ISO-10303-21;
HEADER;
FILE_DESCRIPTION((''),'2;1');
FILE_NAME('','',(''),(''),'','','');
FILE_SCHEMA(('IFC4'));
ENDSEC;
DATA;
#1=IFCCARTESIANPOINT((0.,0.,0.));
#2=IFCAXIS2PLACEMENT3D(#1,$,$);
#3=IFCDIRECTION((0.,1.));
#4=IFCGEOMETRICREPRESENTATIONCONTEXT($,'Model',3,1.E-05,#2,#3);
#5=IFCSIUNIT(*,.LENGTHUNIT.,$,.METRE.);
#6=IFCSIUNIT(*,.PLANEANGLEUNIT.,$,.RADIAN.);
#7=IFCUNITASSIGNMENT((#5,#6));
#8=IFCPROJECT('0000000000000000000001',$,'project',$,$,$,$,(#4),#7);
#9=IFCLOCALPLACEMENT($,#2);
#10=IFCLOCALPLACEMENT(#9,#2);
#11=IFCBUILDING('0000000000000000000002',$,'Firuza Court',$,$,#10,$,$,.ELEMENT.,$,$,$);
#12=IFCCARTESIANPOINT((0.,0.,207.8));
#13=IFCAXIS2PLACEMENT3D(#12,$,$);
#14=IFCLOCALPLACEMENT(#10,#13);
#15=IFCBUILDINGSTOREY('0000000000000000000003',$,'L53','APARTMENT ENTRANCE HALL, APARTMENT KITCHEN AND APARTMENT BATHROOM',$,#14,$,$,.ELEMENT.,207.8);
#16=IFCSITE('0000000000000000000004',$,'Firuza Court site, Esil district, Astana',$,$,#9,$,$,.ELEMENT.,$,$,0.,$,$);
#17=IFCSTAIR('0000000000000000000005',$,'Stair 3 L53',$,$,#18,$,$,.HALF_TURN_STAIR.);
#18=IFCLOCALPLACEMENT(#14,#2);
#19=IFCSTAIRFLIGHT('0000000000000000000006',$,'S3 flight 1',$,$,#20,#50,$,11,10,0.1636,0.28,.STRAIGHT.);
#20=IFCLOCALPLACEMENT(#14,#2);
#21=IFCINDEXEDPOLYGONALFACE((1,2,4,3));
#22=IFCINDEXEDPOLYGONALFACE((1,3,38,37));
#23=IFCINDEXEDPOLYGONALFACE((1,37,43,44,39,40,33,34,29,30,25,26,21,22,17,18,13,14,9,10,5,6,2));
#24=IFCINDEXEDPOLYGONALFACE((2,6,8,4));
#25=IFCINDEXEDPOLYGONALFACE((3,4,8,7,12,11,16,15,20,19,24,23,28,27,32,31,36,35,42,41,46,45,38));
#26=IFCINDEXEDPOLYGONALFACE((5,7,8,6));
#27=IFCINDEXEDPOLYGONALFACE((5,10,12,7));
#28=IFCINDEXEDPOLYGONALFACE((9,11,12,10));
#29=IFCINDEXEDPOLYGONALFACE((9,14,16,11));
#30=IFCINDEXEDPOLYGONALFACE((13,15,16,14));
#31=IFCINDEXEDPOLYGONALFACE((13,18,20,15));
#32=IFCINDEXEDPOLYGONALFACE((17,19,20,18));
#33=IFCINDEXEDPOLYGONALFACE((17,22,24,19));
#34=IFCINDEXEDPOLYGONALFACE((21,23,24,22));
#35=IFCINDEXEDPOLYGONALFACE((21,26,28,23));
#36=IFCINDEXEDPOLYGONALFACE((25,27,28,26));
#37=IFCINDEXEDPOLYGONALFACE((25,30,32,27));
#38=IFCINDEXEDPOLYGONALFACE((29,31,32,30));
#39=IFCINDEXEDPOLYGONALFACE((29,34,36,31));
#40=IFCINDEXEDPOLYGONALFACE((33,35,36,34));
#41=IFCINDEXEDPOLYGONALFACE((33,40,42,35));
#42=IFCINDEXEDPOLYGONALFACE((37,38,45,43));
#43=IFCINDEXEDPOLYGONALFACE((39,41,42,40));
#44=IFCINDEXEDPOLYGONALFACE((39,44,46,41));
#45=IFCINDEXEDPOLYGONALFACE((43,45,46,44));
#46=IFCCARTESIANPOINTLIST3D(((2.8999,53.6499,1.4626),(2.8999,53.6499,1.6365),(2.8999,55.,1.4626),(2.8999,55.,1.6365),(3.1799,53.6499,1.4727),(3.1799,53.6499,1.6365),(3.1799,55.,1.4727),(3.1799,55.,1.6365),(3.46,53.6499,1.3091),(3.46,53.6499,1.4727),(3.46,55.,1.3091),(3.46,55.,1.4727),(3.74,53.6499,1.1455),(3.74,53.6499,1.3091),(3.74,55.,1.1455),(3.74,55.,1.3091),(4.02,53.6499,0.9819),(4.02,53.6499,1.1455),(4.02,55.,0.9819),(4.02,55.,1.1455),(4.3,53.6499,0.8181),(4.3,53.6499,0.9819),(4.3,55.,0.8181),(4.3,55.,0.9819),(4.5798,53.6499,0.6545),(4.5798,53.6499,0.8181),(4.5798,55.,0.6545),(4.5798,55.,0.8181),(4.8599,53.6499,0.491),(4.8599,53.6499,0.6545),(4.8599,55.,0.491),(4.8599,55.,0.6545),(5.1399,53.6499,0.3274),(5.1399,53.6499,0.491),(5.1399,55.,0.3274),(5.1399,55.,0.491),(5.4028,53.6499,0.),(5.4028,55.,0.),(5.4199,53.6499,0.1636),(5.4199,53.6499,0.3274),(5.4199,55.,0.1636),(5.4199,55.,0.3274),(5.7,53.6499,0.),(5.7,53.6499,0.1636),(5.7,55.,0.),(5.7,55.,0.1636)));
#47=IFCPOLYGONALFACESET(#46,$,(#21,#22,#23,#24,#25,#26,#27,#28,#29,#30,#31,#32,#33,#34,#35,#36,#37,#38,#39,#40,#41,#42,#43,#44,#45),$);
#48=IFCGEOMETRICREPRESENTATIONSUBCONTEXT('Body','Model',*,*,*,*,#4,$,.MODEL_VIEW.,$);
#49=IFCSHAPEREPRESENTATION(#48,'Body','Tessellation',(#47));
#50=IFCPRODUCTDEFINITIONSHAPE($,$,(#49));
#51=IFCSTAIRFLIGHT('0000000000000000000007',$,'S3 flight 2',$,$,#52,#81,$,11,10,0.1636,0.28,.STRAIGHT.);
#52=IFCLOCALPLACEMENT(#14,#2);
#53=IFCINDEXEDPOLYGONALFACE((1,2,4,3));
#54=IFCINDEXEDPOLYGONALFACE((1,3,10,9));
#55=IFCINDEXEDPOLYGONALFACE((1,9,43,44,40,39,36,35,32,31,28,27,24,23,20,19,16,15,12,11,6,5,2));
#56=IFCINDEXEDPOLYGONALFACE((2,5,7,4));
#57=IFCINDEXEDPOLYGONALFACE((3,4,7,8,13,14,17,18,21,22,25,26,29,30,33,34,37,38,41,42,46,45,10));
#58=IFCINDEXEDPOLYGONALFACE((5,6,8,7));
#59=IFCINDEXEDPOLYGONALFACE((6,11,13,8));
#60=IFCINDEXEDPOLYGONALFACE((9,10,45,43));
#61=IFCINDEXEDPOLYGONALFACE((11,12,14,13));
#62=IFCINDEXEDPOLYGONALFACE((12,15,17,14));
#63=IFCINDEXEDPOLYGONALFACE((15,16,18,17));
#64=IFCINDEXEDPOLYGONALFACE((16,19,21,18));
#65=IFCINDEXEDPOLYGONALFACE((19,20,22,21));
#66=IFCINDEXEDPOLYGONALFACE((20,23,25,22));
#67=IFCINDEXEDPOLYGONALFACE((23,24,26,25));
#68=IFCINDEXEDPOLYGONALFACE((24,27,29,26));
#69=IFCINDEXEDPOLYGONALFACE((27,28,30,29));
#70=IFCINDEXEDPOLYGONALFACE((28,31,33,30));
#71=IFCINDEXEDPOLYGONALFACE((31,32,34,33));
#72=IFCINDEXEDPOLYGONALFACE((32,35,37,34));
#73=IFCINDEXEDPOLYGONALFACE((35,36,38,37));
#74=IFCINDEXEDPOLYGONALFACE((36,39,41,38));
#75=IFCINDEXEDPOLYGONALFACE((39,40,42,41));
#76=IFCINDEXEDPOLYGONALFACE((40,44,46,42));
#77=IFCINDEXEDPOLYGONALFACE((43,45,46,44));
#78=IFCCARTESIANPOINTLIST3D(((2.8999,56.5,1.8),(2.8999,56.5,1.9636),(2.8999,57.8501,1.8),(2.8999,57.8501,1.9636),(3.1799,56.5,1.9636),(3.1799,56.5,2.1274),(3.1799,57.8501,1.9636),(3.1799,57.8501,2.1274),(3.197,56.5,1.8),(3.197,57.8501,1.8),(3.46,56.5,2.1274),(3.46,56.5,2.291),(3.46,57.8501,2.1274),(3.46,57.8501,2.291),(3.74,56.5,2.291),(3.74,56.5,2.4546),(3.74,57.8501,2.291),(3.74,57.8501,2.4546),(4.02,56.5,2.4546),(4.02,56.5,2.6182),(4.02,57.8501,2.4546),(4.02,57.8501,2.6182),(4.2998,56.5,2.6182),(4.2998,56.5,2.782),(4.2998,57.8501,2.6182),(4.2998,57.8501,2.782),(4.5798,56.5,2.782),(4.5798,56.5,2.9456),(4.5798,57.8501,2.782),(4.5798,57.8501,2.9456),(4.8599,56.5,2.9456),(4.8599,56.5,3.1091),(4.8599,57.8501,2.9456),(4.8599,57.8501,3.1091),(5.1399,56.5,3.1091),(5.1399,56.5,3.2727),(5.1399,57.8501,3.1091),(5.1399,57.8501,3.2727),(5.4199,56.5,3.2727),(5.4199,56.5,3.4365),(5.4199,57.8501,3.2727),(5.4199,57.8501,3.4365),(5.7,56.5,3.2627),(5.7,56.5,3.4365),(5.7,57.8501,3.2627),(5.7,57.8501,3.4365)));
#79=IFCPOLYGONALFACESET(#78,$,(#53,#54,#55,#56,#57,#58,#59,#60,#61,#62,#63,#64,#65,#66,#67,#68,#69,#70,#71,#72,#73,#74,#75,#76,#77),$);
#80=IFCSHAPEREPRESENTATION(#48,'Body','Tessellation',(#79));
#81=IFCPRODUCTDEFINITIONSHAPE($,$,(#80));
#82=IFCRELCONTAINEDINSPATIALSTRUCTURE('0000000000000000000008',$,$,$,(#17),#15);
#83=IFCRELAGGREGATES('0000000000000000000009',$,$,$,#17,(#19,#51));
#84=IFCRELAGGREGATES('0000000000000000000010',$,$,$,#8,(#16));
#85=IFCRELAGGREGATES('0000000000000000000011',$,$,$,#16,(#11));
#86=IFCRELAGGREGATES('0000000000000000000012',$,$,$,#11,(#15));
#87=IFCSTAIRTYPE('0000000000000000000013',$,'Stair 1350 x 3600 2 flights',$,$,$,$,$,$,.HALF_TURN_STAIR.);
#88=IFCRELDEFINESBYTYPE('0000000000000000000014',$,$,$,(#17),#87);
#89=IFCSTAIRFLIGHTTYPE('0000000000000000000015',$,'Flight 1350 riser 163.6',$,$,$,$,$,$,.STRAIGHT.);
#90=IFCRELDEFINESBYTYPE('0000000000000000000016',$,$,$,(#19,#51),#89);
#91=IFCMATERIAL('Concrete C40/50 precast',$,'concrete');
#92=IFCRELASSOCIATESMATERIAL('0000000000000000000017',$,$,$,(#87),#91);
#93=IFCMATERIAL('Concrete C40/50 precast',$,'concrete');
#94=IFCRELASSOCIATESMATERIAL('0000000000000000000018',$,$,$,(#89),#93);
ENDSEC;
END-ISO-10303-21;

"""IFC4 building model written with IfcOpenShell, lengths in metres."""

from ifc_helpers import new_model, si_unit, direction, frame, origin, place, context, subcontext, project, spatial, polyline, outline, extrude, material, type_object, element, aggregate, save


model = new_model("IFC4")

# Units and contexts
model_context = context("Model", 3, precision=1e-05, world=origin(), true_north=direction((0.0, 1.0)))
body_context = subcontext(model_context, "Body", "Model", "MODEL_VIEW")
ifc_project = project(units=[si_unit("LENGTHUNIT", "METRE"), si_unit("PLANEANGLEUNIT", "RADIAN")], contexts=[model_context])

# Site, building, storey
site_placement = place(None, origin())
site = spatial("IfcSite", under=ifc_project, at=site_placement, Name="Firuza Court site, Esil district, Astana", CompositionType="ELEMENT", RefElevation=0.0)
building_placement = place(site_placement, origin())
building = spatial("IfcBuilding", under=site, at=building_placement, Name="Firuza Court", CompositionType="ELEMENT")
storey_placement = place(building_placement, frame((0.0, 0.0, 207.8)))
storey = spatial("IfcBuildingStorey", under=building, at=storey_placement, Name="L53", Description="APARTMENT ENTRANCE HALL, APARTMENT KITCHEN AND APARTMENT BATHROOM", CompositionType="ELEMENT", Elevation=207.8)

# Stair, stair flights
ifc_material_1 = material(Name="Concrete C40/50 precast", Category="concrete")
stair_type = type_object("IfcStairType", Name="Stair 1350 x 3600 2 flights", PredefinedType="HALF_TURN_STAIR", material=ifc_material_1)
stair_placement = place(storey_placement, origin())
stair = element("IfcStair", 1, at=stair_placement, inside=storey, type_object=stair_type, Name="Stair 3 L53", PredefinedType="HALF_TURN_STAIR")
ifc_material_2 = material(Name="Concrete C40/50 precast", Category="concrete")
stair_flight_type = type_object("IfcStairFlightType", Name="Flight 1350 riser 163.6", PredefinedType="STRAIGHT", material=ifc_material_2)
stair_flight_1_placement = place(storey_placement, frame((5.7, 54.325, 0.0), z_axis=(0.0, 0.0, 1.0), x_axis=(-1.0, 0.0, 0.0)))
stair_flight_1 = element("IfcStairFlight", 2, at=stair_flight_1_placement, type_object=stair_flight_type, Name="S3 flight 1", NumberOfRisers=11, NumberOfTreads=10, PredefinedType="STRAIGHT", RiserHeight=0.1636, TreadLength=0.28, context=body_context, shape_type="SweptSolid", body=[
    extrude(outline(polyline([(0.0, 0.0), (0.0, 0.1636), (0.28, 0.1636), (0.28, 0.3274), (0.5601, 0.3274), (0.5601, 0.491), (0.8401, 0.491), (0.8401, 0.6545), (1.1201, 0.6545), (1.1201, 0.8181), (1.3999, 0.8181), (1.3999, 0.9819), (1.6799, 0.9819), (1.6799, 1.1455), (1.96, 1.1455), (1.96, 1.3091), (2.24, 1.3091), (2.24, 1.4727), (2.52, 1.4727), (2.52, 1.6365), (2.8, 1.6365), (2.8, 1.8), (2.8, 1.4626), (0.2971, 0.0), (0.0, 0.0)])), frame((0.0, 0.675, 0.0), z_axis=(0.0, -1.0, 0.0), x_axis=(1.0, 0.0, 0.0)), (0.0, 0.0, 1.0), 1.3501),
])
stair_flight_2_placement = place(storey_placement, frame((2.8999, 57.175, 1.8), z_axis=(0.0, 0.0, 1.0), x_axis=(1.0, 0.0, 0.0)))
stair_flight_2 = element("IfcStairFlight", 3, at=stair_flight_2_placement, type_object=stair_flight_type, Name="S3 flight 2", NumberOfRisers=11, NumberOfTreads=10, PredefinedType="STRAIGHT", RiserHeight=0.1636, TreadLength=0.28, context=body_context, shape_type="SweptSolid", body=[
    extrude(outline(polyline([(0.0, 0.0), (0.0, 0.1636), (0.28, 0.1636), (0.28, 0.3274), (0.5601, 0.3274), (0.5601, 0.491), (0.8401, 0.491), (0.8401, 0.6545), (1.1201, 0.6545), (1.1201, 0.8181), (1.3999, 0.8181), (1.3999, 0.9819), (1.6799, 0.9819), (1.6799, 1.1455), (1.96, 1.1455), (1.96, 1.3091), (2.24, 1.3091), (2.24, 1.4727), (2.52, 1.4727), (2.52, 1.6365), (2.8, 1.6365), (2.8, 1.8), (2.8, 1.4626), (0.2971, 0.0), (0.0, 0.0)])), frame((0.0, 0.675, 0.0), z_axis=(0.0, -1.0, 0.0), x_axis=(1.0, 0.0, 0.0)), (0.0, 0.0, 1.0), 1.3501),
])
aggregate(stair, [stair_flight_1, stair_flight_2])

save(model, "model.ifc")
